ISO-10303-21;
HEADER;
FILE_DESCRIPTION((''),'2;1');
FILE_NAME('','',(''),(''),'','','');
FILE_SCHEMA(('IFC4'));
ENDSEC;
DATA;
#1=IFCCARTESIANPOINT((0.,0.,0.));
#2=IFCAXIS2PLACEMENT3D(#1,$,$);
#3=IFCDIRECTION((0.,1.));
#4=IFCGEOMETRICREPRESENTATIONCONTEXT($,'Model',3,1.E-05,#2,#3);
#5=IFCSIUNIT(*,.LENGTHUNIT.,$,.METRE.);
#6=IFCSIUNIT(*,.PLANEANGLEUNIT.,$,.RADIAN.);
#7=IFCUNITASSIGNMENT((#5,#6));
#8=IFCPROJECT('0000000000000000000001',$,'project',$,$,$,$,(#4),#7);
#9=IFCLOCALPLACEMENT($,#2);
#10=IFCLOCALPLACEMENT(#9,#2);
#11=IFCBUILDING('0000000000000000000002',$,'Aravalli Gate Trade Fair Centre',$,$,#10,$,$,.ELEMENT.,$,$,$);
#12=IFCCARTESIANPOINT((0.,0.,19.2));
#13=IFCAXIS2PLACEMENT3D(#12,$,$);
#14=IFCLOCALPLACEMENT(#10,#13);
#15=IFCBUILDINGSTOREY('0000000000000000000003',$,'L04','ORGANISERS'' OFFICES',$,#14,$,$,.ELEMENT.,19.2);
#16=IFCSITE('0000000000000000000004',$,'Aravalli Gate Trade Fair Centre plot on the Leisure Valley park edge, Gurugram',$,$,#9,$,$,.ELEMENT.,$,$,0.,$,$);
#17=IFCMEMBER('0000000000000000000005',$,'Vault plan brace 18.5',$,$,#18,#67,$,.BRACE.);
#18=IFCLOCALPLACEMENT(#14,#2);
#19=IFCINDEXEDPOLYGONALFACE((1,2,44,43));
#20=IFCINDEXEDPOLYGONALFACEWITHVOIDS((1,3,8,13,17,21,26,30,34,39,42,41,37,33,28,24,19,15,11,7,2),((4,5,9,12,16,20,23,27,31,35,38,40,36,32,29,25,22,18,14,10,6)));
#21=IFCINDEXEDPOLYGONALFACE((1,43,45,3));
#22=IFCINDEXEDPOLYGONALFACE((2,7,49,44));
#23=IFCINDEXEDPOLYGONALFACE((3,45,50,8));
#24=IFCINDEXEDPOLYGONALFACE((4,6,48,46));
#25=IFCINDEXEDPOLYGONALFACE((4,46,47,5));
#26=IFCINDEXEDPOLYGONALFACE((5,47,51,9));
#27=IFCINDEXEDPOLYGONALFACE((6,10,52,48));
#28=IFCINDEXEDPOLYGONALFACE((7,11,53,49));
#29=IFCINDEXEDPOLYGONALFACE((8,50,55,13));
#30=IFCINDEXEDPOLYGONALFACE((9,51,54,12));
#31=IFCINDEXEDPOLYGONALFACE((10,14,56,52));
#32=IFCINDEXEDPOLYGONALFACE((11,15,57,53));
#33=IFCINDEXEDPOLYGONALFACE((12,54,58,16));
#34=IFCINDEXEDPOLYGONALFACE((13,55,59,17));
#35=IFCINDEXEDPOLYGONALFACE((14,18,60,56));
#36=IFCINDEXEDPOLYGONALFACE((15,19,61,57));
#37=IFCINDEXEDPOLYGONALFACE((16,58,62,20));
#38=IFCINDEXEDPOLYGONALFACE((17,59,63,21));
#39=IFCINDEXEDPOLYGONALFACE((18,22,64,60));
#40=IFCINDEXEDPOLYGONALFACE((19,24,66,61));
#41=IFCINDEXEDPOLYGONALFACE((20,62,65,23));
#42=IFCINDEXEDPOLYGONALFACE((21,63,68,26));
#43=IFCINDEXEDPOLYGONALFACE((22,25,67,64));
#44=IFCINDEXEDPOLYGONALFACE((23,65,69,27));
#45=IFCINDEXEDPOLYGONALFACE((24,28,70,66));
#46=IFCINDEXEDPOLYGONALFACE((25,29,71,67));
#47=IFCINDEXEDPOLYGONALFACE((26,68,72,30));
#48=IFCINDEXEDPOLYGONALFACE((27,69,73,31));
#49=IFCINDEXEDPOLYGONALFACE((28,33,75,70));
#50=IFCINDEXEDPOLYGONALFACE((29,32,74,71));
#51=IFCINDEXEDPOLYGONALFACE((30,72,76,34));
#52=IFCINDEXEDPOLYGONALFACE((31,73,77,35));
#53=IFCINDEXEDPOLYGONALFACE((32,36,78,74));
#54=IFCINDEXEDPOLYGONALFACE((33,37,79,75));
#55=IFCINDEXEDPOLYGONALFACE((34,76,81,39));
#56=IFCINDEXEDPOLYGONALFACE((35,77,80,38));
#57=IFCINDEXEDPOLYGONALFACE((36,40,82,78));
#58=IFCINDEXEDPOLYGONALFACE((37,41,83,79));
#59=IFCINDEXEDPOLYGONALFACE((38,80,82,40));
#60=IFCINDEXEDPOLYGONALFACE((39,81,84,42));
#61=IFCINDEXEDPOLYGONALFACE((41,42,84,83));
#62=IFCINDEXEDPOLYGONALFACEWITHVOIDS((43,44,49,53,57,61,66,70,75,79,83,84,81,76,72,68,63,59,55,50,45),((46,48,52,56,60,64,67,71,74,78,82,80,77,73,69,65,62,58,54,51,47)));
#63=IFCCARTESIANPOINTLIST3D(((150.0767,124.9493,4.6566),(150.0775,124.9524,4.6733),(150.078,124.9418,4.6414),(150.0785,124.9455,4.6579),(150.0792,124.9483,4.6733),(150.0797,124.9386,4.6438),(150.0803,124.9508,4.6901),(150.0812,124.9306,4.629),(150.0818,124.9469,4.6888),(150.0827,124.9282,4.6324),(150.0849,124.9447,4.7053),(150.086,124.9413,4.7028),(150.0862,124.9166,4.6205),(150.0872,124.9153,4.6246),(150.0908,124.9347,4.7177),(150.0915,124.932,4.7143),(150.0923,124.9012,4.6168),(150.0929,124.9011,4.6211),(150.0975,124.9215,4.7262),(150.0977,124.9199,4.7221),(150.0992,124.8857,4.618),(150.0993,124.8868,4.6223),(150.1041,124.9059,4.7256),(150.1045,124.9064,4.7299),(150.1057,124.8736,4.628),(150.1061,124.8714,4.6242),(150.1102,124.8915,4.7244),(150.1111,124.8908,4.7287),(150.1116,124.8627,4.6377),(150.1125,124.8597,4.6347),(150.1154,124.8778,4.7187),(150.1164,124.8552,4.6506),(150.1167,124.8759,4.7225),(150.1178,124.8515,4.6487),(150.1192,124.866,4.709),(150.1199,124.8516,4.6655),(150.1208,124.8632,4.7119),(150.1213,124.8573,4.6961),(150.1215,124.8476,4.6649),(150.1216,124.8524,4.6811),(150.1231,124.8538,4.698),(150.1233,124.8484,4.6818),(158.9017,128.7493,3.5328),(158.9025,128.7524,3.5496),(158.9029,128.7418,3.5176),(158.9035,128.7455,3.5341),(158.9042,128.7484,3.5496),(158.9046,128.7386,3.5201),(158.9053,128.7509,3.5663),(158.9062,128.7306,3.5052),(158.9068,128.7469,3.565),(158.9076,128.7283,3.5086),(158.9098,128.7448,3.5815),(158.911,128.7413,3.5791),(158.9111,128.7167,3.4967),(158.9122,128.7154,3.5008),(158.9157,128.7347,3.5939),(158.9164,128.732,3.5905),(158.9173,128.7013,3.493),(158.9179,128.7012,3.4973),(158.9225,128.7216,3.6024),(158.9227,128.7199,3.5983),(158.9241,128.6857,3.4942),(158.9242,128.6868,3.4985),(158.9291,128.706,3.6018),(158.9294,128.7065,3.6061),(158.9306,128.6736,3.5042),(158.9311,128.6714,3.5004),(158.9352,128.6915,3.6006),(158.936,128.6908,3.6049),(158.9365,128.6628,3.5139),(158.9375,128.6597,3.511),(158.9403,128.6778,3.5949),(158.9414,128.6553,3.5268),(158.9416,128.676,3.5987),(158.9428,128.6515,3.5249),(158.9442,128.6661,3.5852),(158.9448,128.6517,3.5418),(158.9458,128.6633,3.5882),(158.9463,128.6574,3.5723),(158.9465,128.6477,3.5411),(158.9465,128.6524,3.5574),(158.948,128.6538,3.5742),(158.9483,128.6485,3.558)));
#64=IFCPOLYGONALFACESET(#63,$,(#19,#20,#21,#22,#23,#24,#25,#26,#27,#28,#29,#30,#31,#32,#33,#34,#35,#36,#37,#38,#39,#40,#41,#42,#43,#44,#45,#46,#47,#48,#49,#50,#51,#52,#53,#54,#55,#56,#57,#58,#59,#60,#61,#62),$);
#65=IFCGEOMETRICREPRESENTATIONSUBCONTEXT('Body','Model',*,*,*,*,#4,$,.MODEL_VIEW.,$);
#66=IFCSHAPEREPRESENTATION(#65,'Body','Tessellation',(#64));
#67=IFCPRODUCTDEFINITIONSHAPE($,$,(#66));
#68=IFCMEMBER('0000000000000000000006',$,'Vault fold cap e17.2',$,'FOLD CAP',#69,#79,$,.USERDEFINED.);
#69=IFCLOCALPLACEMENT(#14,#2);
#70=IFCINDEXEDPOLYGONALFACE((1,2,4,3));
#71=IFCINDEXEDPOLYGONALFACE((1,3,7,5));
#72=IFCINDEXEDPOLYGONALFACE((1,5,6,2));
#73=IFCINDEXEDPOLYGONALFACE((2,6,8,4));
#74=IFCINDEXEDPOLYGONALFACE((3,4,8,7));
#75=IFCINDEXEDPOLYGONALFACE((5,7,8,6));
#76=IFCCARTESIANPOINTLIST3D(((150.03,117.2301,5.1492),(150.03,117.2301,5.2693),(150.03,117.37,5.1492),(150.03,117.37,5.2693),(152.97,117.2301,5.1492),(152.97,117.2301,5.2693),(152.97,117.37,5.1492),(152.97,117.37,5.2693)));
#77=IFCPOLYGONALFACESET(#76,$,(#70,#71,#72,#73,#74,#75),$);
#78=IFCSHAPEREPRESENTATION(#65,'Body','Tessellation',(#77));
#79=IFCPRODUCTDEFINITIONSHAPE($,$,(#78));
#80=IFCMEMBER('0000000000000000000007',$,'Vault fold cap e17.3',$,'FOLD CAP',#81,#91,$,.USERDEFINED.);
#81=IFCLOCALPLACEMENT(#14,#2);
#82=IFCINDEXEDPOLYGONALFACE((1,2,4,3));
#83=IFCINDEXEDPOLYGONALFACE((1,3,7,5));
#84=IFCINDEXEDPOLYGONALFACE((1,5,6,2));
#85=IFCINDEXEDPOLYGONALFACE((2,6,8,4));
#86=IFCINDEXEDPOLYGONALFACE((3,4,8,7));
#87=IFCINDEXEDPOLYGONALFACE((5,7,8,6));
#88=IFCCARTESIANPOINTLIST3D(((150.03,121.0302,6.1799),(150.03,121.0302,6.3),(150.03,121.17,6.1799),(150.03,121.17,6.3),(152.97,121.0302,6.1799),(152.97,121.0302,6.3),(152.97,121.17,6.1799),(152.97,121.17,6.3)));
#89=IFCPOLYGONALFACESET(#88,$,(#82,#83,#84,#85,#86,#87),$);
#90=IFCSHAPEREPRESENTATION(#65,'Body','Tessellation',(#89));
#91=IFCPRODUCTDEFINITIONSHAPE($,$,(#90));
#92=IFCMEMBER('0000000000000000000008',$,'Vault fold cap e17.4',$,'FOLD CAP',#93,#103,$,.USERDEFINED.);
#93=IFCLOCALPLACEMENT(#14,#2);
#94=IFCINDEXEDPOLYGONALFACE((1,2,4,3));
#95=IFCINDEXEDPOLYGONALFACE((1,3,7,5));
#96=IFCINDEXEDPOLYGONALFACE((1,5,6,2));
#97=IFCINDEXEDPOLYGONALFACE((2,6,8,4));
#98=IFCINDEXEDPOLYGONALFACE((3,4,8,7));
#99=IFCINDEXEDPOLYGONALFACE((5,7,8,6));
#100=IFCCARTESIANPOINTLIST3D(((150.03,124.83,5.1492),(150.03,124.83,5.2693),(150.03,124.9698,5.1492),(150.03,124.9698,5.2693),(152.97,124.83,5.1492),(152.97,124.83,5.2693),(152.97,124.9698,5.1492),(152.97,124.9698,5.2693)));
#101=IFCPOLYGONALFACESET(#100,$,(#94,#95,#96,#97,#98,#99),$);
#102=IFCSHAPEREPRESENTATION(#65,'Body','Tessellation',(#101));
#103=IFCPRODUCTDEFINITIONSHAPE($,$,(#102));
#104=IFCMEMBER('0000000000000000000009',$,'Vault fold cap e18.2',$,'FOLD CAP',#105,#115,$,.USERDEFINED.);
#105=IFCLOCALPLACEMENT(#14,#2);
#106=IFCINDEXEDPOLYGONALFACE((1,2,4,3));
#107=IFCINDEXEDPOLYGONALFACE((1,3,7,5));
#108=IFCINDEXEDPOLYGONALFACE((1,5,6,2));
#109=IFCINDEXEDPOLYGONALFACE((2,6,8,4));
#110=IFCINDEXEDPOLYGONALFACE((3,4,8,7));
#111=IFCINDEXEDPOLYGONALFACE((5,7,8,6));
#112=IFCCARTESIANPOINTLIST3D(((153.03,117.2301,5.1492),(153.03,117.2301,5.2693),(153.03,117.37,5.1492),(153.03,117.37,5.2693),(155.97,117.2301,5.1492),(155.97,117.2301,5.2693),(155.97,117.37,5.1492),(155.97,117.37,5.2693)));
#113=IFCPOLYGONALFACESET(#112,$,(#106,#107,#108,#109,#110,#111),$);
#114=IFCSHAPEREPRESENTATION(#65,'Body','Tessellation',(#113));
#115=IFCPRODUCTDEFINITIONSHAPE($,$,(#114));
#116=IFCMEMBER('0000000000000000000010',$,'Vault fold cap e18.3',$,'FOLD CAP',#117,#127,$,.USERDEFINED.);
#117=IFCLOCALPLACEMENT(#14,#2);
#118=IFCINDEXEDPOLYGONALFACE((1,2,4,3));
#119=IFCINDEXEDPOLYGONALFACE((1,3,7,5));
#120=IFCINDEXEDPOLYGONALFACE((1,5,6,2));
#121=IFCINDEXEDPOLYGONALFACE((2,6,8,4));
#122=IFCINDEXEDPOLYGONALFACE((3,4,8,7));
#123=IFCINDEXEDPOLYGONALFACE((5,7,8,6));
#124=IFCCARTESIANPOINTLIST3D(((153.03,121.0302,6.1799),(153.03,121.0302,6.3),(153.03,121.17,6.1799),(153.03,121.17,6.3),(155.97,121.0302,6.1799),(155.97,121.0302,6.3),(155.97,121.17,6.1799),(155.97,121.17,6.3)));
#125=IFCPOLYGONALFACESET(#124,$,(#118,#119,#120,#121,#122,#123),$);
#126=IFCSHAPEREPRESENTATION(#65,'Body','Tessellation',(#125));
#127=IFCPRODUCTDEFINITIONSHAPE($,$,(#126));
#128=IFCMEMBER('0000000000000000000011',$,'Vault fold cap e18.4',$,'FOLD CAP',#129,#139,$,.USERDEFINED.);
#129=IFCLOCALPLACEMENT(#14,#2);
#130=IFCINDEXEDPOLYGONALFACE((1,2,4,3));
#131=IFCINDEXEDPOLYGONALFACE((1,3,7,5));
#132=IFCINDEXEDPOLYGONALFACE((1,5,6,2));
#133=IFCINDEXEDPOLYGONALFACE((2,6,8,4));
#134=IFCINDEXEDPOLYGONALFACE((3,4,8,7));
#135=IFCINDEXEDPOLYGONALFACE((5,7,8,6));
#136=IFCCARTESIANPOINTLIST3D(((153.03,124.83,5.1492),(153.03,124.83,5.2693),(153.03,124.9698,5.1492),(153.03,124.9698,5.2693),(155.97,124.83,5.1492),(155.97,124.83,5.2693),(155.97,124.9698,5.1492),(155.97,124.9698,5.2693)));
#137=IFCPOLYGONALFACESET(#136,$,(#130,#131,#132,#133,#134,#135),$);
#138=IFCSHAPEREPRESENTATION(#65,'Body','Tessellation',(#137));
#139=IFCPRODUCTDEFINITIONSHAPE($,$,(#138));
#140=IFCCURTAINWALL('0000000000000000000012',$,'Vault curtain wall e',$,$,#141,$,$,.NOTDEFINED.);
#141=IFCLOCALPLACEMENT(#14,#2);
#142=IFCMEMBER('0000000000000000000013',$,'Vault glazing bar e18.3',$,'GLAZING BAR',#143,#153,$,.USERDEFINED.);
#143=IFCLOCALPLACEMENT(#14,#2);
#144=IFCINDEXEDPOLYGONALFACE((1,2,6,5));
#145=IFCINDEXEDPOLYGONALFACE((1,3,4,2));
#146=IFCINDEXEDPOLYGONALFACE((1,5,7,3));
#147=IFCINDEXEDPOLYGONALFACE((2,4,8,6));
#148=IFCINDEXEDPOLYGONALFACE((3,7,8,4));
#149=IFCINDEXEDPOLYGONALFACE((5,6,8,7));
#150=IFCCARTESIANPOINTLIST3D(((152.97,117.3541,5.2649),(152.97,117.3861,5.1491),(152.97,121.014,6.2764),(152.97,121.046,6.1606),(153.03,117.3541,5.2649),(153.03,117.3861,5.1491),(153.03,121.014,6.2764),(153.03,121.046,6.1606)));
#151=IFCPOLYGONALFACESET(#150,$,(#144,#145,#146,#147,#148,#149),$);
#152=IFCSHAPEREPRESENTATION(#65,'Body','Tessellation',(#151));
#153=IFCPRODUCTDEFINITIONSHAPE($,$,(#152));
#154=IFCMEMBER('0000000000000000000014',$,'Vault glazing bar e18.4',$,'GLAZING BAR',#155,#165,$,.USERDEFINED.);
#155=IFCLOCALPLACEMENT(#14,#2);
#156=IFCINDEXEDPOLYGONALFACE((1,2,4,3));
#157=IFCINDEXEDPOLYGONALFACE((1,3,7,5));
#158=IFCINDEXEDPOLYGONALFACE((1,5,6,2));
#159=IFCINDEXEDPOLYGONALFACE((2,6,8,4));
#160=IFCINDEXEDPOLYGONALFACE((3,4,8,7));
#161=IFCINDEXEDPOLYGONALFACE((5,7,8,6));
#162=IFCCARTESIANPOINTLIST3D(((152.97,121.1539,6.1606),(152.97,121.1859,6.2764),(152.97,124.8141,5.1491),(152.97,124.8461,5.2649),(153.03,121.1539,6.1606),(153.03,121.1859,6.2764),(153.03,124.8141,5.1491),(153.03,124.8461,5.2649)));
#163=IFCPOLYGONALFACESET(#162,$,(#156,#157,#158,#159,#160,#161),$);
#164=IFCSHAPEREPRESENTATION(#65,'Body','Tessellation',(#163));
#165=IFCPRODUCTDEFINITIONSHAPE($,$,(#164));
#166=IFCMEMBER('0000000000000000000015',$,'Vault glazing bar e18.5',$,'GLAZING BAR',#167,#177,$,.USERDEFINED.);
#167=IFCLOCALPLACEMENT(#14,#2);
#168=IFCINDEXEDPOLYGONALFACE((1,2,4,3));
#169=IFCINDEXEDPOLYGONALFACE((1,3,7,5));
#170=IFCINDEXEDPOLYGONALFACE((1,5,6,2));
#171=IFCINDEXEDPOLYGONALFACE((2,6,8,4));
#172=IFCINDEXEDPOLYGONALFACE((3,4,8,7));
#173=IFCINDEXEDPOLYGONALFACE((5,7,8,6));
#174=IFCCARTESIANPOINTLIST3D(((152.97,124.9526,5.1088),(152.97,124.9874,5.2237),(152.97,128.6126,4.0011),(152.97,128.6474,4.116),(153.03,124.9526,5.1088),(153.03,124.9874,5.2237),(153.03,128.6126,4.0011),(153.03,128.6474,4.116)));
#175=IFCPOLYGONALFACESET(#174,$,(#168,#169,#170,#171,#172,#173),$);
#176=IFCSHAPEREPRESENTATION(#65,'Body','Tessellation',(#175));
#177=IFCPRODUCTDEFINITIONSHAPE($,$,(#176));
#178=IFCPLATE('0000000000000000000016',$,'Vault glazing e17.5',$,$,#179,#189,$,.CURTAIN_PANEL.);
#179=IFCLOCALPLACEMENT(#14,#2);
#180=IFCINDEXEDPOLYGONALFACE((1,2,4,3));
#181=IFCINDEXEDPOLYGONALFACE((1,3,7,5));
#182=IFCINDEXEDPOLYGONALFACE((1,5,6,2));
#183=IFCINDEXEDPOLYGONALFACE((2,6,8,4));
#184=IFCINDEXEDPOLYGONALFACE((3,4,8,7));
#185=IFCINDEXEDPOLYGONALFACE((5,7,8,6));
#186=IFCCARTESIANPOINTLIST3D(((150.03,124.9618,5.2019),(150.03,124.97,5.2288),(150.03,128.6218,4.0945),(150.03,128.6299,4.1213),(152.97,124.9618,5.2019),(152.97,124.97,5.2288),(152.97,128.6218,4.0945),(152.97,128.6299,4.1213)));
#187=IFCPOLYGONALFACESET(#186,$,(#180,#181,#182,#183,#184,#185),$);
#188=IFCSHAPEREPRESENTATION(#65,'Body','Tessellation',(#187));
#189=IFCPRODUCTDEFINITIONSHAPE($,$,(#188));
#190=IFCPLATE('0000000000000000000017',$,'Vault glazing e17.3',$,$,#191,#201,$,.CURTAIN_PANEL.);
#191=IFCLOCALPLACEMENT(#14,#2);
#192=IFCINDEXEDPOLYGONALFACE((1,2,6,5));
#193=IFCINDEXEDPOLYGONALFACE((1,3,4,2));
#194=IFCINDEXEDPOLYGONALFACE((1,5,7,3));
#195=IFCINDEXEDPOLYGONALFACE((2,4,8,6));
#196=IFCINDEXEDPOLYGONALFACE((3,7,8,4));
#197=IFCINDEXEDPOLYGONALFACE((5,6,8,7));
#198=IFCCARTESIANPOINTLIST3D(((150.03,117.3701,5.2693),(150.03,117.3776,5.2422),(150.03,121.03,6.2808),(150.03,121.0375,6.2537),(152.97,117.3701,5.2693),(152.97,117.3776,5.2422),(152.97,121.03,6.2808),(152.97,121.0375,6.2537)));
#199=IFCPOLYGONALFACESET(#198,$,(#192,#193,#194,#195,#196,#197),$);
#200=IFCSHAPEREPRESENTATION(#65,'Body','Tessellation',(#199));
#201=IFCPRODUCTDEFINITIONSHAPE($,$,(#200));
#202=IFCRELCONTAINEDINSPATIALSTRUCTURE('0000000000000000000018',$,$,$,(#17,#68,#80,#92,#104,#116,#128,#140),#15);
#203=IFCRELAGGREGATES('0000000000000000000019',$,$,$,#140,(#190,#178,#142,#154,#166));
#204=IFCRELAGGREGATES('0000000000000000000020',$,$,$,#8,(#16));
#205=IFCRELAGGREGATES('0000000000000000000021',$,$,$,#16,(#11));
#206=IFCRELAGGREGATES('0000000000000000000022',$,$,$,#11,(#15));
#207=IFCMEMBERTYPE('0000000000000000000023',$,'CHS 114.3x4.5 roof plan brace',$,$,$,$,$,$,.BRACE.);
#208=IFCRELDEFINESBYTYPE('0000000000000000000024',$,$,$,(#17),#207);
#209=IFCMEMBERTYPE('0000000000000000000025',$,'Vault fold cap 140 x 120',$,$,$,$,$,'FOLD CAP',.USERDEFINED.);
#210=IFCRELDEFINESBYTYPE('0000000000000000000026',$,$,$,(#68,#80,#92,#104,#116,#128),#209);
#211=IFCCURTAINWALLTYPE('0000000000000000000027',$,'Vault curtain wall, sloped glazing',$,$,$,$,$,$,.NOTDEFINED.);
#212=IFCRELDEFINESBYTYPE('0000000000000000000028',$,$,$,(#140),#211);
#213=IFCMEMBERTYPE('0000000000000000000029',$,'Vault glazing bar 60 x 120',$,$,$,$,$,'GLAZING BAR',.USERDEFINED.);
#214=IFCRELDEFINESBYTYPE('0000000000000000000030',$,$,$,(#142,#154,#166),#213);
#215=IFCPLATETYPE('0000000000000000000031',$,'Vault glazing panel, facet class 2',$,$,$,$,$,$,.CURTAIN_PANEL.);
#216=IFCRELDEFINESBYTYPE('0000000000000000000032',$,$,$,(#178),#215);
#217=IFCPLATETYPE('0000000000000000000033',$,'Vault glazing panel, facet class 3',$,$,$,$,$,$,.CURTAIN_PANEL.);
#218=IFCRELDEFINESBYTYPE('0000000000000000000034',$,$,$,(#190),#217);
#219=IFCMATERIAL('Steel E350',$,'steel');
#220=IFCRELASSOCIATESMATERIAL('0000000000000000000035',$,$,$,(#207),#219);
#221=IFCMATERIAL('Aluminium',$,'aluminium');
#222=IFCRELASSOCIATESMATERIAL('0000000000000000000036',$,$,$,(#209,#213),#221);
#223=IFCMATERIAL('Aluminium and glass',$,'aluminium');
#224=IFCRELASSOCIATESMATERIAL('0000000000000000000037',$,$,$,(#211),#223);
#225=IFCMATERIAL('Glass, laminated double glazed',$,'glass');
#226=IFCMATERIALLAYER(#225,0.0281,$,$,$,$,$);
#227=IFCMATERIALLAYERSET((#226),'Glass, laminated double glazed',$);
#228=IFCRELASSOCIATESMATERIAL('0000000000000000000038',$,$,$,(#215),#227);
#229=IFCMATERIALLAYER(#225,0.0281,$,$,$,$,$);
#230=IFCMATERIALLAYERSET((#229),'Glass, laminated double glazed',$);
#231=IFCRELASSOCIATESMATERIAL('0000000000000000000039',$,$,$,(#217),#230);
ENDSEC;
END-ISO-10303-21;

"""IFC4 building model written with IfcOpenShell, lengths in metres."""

from ifc_helpers import new_model, si_unit, direction, frame, origin, origin_2d, place, context, subcontext, project, spatial, polyline, rectangle, hollow_circle, outline, extrude, material, layer, layer_set, material_profile, profile_set, type_object, element, aggregate, save


model = new_model("IFC4")

# Units and contexts
model_context = context("Model", 3, precision=1e-05, world=origin(), true_north=direction((0.0, 1.0)))
body_context = subcontext(model_context, "Body", "Model", "MODEL_VIEW")
ifc_project = project(units=[si_unit("LENGTHUNIT", "METRE"), si_unit("PLANEANGLEUNIT", "RADIAN")], contexts=[model_context])

# Site, building, storey
site_placement = place(None, origin())
site = spatial("IfcSite", under=ifc_project, at=site_placement, Name="Aravalli Gate Trade Fair Centre plot on the Leisure Valley park edge, Gurugram", CompositionType="ELEMENT", RefElevation=0.0)
building_placement = place(site_placement, origin())
building = spatial("IfcBuilding", under=site, at=building_placement, Name="Aravalli Gate Trade Fair Centre", CompositionType="ELEMENT")
storey_placement = place(building_placement, frame((0.0, 0.0, 19.2)))
storey = spatial("IfcBuildingStorey", under=building, at=storey_placement, Name="L04", Description="ORGANISERS' OFFICES", CompositionType="ELEMENT", Elevation=19.2)

# Members
ifc_material_1 = material(Name="Steel E350", Category="steel")
ifc_material_profile_1 = material_profile(ifc_material_1, hollow_circle(Radius=0.0571, WallThickness=0.0044, at=origin_2d()), Name="CHS 114.3x4.5")
ifc_profile_set_1 = profile_set([ifc_material_profile_1], Name="Steel E350")
member_type_1 = type_object("IfcMemberType", Name="CHS 114.3x4.5 roof plan brace", PredefinedType="BRACE", material=ifc_profile_set_1)
member_1_placement = place(storey_placement, frame((150.1001, 124.8999, 4.6733), z_axis=(0.91225, 0.392817, -0.116167), x_axis=(-0.395495, 0.918468, 0.0)))
element("IfcMember", 1, at=member_1_placement, inside=storey, type_object=member_type_1, Name="Vault plan brace 18.5", PredefinedType="BRACE", context=body_context, shape_type="SweptSolid", body=[
    extrude(hollow_circle(Radius=0.0571, WallThickness=0.0044, at=origin_2d()), origin(), (0.0, 0.0, 1.0), 9.6738),
])
ifc_material_2 = material(Name="Aluminium", Category="aluminium")
ifc_material_profile_2 = material_profile(ifc_material_2, rectangle(XDim=0.1399, YDim=0.1201, at=origin_2d()), Name="Vault fold cap 140 x 120")
ifc_profile_set_2 = profile_set([ifc_material_profile_2], Name="Aluminium")
member_type_2 = type_object("IfcMemberType", Name="Vault fold cap 140 x 120", ElementType="FOLD CAP", PredefinedType="USERDEFINED", material=ifc_profile_set_2)
for number, where, z_axis, x_axis, name in (
    (2, (150.03, 117.3, 5.2092), (1.0, 0.0, 0.0), (0.0, 1.0, 0.0), "Vault fold cap e17.2"),
    (3, (150.03, 121.1001, 6.24), (1.0, 0.0, 0.0), (0.0, 1.0, 0.0), "Vault fold cap e17.3"),
    (4, (150.03, 124.8999, 5.2092), (1.0, 0.0, 0.0), (0.0, 1.0, 0.0), "Vault fold cap e17.4"),
    (5, (153.03, 117.3, 5.2092), (1.0, 0.0, 0.0), (0.0, 1.0, 0.0), "Vault fold cap e18.2"),
    (6, (153.03, 121.1001, 6.24), (1.0, 0.0, 0.0), (0.0, 1.0, 0.0), "Vault fold cap e18.3"),
    (7, (153.03, 124.8999, 5.2092), (1.0, 0.0, 0.0), (0.0, 1.0, 0.0), "Vault fold cap e18.4"),
):
    element("IfcMember", number, at=place(storey_placement, frame(where, z_axis=z_axis, x_axis=x_axis)), inside=storey, type_object=member_type_2, Name=name, ObjectType="FOLD CAP", PredefinedType="USERDEFINED", context=body_context, shape_type="SweptSolid", body=[
        extrude(rectangle(XDim=0.1399, YDim=0.1201, at=origin_2d()), origin(), (0.0, 0.0, 1.0), 2.9399),
    ])

# Curtain wall, members, plates
ifc_material_3 = material(Name="Aluminium and glass", Category="aluminium")
curtain_wall_type = type_object("IfcCurtainWallType", Name="Vault curtain wall, sloped glazing", PredefinedType="NOTDEFINED", material=ifc_material_3)
curtain_wall_placement = place(storey_placement, origin())
curtain_wall = element("IfcCurtainWall", 8, at=curtain_wall_placement, inside=storey, type_object=curtain_wall_type, Name="Vault curtain wall e", PredefinedType="NOTDEFINED")
ifc_material_profile_3 = material_profile(ifc_material_2, rectangle(XDim=0.0601, YDim=0.1201, at=origin_2d()), Name="Vault glazing bar 60 x 120")
ifc_profile_set_3 = profile_set([ifc_material_profile_3], Name="Aluminium")
member_type_3 = type_object("IfcMemberType", Name="Vault glazing bar 60 x 120", ElementType="GLAZING BAR", PredefinedType="USERDEFINED", material=ifc_profile_set_3)
member_2_placement = place(storey_placement, frame((153.0, 117.3701, 5.207), z_axis=(0.0, 0.963868, 0.26638), x_axis=(-1.0, 0.0, 0.0)))
member_2 = element("IfcMember", 9, at=member_2_placement, type_object=member_type_3, Name="Vault glazing bar e18.3", ObjectType="GLAZING BAR", PredefinedType="USERDEFINED", context=body_context, shape_type="SweptSolid", body=[
    extrude(rectangle(XDim=0.0601, YDim=0.1201, at=origin_2d()), origin(), (0.0, 0.0, 1.0), 3.7971),
])
member_3_placement = place(storey_placement, frame((153.0, 121.1699, 6.2185), z_axis=(0.0, 0.963873, -0.266364), x_axis=(-1.0, 0.0, 0.0)))
member_3 = element("IfcMember", 10, at=member_3_placement, type_object=member_type_3, Name="Vault glazing bar e18.4", ObjectType="GLAZING BAR", PredefinedType="USERDEFINED", context=body_context, shape_type="SweptSolid", body=[
    extrude(rectangle(XDim=0.0601, YDim=0.1201, at=origin_2d()), origin(), (0.0, 0.0, 1.0), 3.7974),
])
member_4_placement = place(storey_placement, frame((153.0, 124.97, 5.1663), z_axis=(0.0, 0.957126, -0.289672), x_axis=(-1.0, 0.0, 0.0)))
member_4 = element("IfcMember", 11, at=member_4_placement, type_object=member_type_3, Name="Vault glazing bar e18.5", ObjectType="GLAZING BAR", PredefinedType="USERDEFINED", context=body_context, shape_type="SweptSolid", body=[
    extrude(rectangle(XDim=0.0601, YDim=0.1201, at=origin_2d()), origin(), (0.0, 0.0, 1.0), 3.824),
])
ifc_material_4 = material(Name="Glass, laminated double glazed", Category="glass")
ifc_layer_1 = layer(ifc_material_4, 0.0281)
ifc_layer_set_1 = layer_set([ifc_layer_1], Name="Glass, laminated double glazed")
plate_type_1 = type_object("IfcPlateType", Name="Vault glazing panel, facet class 2", PredefinedType="CURTAIN_PANEL", material=ifc_layer_set_1)
plate_1_placement = place(storey_placement, frame((150.03, 124.97, 5.2288), z_axis=(0.0, 0.289614, 0.957144), x_axis=(1.0, 0.0, 0.0)))
plate_1 = element("IfcPlate", 12, at=plate_1_placement, type_object=plate_type_1, Name="Vault glazing e17.5", PredefinedType="CURTAIN_PANEL", context=body_context, shape_type="SweptSolid", body=[
    extrude(outline(polyline([(0.0, 0.0), (2.9399, 0.0), (2.9399, 3.8238), (0.0, 3.8238), (0.0, 0.0)])), origin(), (0.0, 0.0, -1.0), 0.0281),
])
ifc_layer_2 = layer(ifc_material_4, 0.0281)
ifc_layer_set_2 = layer_set([ifc_layer_2], Name="Glass, laminated double glazed")
plate_type_2 = type_object("IfcPlateType", Name="Vault glazing panel, facet class 3", PredefinedType="CURTAIN_PANEL", material=ifc_layer_set_2)
plate_2_placement = place(storey_placement, frame((150.03, 117.3701, 5.2693), z_axis=(0.0, -0.26638, 0.963868), x_axis=(1.0, 0.0, 0.0)))
plate_2 = element("IfcPlate", 13, at=plate_2_placement, type_object=plate_type_2, Name="Vault glazing e17.3", PredefinedType="CURTAIN_PANEL", context=body_context, shape_type="SweptSolid", body=[
    extrude(outline(polyline([(0.0, 0.0), (2.9399, 0.0), (2.9399, 3.7971), (0.0, 3.7971), (0.0, 0.0)])), origin(), (0.0, 0.0, -1.0), 0.0281),
])
aggregate(curtain_wall, [plate_2, plate_1, member_2, member_3, member_4])

save(model, "model.ifc")
